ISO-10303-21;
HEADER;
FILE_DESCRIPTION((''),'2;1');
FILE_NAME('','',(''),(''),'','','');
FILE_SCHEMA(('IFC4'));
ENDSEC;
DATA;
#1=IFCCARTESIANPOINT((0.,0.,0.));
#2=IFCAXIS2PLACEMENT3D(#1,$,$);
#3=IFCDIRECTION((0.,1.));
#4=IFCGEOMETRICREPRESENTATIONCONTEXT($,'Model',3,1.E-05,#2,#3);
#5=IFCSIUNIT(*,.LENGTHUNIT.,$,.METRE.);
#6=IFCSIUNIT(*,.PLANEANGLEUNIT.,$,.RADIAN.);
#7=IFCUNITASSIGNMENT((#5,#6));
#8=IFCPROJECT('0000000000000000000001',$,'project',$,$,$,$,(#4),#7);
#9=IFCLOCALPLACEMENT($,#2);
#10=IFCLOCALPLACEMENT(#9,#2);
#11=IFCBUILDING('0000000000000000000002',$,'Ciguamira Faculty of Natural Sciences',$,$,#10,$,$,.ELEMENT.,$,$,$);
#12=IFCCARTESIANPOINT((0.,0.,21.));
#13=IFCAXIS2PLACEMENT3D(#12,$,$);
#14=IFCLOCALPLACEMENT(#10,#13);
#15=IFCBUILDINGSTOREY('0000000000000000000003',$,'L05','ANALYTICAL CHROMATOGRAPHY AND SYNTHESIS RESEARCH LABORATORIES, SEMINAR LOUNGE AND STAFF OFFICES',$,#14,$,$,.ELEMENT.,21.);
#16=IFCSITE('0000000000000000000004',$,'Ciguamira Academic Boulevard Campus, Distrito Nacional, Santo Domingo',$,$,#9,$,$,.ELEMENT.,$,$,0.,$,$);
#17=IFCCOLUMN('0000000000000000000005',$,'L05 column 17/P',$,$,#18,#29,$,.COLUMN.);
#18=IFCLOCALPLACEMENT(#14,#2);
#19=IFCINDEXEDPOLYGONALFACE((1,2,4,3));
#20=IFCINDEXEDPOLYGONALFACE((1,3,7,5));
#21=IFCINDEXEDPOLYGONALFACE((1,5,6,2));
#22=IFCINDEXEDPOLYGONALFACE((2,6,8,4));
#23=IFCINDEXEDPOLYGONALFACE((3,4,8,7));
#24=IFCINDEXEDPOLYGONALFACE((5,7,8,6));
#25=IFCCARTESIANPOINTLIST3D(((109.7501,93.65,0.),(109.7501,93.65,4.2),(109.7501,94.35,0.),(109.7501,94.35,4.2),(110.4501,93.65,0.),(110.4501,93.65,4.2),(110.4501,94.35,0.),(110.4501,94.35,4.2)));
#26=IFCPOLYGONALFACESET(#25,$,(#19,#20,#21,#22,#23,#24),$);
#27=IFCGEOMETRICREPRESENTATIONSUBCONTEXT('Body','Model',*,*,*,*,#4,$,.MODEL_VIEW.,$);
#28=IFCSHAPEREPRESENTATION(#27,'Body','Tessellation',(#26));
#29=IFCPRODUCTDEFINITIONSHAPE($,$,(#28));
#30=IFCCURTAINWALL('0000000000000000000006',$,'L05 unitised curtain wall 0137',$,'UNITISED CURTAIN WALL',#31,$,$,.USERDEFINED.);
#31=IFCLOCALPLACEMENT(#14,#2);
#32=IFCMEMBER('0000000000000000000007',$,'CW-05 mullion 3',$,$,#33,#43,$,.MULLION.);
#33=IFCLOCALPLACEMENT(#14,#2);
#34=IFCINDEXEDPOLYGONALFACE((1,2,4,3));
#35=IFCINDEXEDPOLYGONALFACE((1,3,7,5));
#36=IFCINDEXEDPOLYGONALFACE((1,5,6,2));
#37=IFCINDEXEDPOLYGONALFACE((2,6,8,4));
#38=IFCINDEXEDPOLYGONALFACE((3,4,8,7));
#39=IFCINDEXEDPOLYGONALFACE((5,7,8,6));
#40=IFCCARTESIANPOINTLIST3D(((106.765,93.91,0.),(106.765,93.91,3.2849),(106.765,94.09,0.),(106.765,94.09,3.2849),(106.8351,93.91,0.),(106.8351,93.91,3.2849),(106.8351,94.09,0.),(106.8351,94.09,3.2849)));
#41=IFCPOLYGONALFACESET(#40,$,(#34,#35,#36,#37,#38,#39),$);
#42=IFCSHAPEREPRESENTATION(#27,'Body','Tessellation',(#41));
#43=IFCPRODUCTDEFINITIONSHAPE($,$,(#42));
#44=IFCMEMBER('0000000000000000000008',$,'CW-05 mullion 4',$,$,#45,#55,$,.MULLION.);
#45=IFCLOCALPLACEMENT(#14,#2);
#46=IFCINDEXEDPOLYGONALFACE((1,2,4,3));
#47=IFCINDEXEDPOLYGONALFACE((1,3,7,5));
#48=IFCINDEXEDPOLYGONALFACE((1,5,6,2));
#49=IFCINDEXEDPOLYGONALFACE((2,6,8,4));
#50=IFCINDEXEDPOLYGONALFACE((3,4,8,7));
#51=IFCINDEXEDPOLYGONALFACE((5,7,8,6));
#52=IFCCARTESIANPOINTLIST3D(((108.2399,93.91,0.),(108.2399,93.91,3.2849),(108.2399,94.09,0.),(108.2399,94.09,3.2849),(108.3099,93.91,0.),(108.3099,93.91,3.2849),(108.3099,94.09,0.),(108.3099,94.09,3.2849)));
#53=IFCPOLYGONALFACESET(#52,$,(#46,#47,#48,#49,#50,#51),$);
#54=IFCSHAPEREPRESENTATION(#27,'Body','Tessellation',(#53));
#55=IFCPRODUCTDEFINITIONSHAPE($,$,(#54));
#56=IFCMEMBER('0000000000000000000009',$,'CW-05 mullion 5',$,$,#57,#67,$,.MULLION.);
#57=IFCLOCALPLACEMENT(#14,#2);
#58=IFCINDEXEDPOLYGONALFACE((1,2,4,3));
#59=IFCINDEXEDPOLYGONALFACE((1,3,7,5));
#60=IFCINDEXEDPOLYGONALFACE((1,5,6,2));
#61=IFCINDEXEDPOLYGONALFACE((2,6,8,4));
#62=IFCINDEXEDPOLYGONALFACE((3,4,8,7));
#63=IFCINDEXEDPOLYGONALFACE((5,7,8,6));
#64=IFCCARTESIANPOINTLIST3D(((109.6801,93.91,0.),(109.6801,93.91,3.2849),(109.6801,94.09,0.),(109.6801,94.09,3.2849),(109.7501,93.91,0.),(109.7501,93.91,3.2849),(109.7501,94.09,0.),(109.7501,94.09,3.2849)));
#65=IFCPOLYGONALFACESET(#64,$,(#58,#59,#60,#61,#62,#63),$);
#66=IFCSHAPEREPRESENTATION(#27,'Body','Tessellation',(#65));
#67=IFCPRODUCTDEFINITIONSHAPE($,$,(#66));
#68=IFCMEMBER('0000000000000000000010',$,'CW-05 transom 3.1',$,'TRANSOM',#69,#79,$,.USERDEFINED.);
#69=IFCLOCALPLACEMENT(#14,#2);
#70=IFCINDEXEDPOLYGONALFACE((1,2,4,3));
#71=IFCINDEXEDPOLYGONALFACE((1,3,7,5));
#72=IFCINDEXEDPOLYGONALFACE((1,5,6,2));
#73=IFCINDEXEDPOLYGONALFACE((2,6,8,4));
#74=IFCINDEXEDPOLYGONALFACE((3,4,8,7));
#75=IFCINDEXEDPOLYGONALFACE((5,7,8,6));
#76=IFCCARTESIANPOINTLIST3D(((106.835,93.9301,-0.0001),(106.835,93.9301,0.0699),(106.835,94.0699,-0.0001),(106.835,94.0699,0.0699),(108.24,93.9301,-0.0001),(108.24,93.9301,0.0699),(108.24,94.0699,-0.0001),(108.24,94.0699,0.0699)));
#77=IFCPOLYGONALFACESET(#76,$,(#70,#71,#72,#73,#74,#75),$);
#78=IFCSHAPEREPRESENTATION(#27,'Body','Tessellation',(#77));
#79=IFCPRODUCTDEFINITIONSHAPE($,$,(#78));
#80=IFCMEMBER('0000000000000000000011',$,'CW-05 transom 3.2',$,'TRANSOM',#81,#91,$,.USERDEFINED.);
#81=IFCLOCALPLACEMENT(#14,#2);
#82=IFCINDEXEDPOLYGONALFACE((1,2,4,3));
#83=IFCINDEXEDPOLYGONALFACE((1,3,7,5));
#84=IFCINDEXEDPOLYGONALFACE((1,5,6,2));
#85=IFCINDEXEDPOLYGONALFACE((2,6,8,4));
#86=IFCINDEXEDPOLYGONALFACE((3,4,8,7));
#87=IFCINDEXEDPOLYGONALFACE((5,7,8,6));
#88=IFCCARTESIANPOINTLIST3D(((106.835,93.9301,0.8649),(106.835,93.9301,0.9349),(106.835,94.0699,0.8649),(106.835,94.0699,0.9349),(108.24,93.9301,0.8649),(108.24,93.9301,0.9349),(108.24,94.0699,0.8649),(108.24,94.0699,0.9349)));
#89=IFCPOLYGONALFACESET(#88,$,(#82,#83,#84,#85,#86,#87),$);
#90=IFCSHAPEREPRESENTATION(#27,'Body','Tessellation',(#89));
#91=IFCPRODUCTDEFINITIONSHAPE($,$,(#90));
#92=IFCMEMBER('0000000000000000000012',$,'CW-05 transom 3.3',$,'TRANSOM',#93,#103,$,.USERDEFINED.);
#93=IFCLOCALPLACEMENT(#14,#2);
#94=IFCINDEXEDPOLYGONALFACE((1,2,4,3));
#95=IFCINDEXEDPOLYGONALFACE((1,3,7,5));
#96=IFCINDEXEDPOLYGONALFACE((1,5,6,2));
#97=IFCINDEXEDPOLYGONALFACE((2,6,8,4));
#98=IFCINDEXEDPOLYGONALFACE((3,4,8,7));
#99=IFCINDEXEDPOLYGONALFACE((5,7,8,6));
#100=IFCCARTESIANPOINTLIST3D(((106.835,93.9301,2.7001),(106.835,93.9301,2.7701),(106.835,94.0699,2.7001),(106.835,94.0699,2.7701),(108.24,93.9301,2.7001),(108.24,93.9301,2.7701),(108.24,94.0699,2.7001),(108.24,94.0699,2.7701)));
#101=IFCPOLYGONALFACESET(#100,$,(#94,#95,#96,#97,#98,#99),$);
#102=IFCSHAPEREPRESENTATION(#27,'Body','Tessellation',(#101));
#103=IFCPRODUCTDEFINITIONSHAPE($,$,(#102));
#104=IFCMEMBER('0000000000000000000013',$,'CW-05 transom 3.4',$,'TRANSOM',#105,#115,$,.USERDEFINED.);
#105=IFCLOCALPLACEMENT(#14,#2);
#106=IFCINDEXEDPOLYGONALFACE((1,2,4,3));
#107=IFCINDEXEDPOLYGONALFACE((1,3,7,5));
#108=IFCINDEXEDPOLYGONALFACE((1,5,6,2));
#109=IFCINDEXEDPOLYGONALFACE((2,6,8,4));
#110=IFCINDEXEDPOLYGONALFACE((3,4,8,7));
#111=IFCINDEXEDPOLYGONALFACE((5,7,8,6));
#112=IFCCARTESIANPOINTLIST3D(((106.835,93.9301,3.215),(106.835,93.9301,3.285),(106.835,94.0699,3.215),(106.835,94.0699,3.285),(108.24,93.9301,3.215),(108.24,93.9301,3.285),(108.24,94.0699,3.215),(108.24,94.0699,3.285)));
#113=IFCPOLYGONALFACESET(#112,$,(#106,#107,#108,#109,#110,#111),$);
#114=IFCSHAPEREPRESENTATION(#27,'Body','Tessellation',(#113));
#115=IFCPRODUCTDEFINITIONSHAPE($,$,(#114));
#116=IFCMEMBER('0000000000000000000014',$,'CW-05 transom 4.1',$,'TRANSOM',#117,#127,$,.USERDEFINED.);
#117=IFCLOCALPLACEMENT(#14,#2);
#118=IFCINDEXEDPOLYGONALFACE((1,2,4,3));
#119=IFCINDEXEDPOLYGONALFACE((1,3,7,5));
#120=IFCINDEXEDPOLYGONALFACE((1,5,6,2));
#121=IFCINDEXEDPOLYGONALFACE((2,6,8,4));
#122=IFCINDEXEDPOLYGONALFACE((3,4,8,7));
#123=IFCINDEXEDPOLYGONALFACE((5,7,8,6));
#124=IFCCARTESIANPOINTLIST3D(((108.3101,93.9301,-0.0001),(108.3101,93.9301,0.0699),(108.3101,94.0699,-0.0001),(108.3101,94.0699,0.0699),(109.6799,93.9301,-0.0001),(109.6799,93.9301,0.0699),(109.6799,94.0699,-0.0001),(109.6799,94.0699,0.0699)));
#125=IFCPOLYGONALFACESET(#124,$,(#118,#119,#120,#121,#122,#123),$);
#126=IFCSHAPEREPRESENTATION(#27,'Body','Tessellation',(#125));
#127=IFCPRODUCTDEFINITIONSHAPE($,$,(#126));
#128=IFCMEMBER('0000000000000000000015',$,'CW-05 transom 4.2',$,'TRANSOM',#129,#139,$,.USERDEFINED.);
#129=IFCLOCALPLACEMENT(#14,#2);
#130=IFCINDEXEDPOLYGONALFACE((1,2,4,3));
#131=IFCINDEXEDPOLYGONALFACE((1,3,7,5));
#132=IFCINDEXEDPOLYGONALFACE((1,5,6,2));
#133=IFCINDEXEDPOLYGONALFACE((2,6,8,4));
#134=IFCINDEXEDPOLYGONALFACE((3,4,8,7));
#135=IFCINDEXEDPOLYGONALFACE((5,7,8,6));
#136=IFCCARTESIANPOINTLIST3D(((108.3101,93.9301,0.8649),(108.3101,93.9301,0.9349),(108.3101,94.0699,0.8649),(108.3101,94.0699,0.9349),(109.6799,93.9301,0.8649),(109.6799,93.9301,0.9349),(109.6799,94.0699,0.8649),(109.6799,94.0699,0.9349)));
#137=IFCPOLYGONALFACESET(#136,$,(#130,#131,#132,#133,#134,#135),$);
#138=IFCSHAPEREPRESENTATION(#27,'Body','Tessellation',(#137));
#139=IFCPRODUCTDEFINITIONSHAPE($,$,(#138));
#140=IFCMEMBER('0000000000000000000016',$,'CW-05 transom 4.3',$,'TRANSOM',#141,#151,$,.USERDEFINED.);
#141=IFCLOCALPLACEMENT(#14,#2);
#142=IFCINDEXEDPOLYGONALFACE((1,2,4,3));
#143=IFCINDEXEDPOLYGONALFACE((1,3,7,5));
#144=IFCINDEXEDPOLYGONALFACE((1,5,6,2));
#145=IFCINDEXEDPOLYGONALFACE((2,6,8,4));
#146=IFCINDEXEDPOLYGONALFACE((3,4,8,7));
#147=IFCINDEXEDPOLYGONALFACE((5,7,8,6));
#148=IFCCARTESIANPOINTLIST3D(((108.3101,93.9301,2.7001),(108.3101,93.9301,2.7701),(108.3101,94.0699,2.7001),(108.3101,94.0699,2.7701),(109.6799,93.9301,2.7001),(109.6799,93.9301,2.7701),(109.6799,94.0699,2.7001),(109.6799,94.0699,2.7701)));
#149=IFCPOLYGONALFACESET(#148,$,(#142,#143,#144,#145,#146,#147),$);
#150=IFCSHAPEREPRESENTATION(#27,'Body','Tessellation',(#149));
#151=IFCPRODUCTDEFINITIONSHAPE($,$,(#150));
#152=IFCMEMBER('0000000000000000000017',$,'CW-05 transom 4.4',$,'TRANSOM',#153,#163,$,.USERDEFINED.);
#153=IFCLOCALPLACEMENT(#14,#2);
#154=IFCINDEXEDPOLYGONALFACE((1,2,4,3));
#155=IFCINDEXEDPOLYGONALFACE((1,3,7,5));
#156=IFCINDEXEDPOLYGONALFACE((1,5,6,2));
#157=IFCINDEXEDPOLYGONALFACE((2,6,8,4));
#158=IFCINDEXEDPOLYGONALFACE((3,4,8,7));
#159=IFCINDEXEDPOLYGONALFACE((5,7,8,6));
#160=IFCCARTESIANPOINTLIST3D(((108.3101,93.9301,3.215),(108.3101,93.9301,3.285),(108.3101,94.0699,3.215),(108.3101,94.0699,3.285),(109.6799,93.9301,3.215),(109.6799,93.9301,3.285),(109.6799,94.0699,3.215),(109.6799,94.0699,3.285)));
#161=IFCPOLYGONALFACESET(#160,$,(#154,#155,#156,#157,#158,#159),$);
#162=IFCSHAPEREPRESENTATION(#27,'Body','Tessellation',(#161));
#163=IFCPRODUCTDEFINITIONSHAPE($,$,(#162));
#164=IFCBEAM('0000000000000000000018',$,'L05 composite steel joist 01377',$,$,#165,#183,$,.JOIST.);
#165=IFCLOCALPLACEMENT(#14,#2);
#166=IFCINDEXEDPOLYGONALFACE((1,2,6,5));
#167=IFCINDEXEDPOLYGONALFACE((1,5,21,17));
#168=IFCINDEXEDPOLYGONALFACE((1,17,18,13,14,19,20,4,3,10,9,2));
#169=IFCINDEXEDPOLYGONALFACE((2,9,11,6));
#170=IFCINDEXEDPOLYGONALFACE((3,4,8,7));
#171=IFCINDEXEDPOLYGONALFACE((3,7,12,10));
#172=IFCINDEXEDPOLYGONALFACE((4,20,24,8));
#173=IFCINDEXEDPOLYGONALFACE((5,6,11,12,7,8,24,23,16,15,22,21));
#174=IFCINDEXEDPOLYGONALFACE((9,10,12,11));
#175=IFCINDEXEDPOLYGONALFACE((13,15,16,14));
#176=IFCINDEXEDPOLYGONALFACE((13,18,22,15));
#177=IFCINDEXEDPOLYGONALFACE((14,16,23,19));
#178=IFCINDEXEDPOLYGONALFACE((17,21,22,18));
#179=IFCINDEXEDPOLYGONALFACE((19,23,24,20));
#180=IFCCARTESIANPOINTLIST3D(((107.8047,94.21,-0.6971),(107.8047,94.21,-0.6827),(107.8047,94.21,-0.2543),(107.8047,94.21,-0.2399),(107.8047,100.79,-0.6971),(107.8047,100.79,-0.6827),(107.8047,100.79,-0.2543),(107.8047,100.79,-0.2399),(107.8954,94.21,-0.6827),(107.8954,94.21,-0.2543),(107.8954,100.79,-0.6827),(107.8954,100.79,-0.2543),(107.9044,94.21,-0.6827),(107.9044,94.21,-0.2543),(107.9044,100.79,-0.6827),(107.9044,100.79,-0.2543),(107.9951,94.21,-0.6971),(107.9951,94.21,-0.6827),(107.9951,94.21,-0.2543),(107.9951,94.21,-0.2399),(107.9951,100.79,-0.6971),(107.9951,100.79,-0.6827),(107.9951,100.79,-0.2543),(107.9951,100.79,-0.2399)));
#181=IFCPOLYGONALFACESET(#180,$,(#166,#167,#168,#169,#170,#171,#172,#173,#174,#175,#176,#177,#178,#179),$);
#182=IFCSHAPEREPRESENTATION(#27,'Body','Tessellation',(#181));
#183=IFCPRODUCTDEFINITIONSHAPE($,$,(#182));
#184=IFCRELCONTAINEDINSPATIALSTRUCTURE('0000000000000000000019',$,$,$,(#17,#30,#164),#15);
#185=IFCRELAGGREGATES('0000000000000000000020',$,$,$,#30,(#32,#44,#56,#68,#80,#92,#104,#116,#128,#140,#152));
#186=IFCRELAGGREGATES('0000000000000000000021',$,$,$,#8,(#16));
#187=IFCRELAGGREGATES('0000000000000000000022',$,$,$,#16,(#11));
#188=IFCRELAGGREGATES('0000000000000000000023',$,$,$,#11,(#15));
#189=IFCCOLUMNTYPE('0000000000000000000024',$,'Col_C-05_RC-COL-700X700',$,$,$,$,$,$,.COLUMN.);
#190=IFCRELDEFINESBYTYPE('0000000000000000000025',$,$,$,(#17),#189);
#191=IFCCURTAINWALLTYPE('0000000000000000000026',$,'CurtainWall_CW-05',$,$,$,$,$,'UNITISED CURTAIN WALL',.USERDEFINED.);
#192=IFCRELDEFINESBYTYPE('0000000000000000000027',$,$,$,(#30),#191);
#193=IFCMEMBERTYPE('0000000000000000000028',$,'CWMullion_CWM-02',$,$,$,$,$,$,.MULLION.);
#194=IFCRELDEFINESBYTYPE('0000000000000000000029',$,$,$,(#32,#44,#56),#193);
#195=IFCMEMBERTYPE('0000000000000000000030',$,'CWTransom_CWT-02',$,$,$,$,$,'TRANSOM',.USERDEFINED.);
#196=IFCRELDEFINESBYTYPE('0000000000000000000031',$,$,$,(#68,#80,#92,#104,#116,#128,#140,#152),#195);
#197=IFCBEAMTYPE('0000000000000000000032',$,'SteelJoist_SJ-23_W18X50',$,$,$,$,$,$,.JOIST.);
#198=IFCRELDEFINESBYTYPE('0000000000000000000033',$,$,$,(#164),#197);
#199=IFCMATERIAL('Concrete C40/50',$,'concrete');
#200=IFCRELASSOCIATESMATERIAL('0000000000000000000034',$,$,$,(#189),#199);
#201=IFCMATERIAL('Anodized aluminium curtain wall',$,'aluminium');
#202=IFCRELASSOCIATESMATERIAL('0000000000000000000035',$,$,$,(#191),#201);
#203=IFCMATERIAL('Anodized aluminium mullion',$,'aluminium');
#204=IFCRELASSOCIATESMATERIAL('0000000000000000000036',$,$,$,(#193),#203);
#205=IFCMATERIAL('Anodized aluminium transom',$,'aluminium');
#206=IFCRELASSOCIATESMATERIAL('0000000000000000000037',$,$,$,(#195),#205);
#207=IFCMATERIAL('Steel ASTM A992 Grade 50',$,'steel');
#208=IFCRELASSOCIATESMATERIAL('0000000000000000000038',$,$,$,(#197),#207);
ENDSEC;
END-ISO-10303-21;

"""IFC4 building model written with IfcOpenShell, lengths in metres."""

from ifc_helpers import new_model, si_unit, direction, frame, origin, origin_2d, place, context, subcontext, project, spatial, rectangle, i_section, extrude, material, material_profile, profile_set, type_object, element, aggregate, save


model = new_model("IFC4")

# Units and contexts
model_context = context("Model", 3, precision=1e-05, world=origin(), true_north=direction((0.0, 1.0)))
body_context = subcontext(model_context, "Body", "Model", "MODEL_VIEW")
ifc_project = project(units=[si_unit("LENGTHUNIT", "METRE"), si_unit("PLANEANGLEUNIT", "RADIAN")], contexts=[model_context])

# Site, building, storey
site_placement = place(None, origin())
site = spatial("IfcSite", under=ifc_project, at=site_placement, Name="Ciguamira Academic Boulevard Campus, Distrito Nacional, Santo Domingo", CompositionType="ELEMENT", RefElevation=0.0)
building_placement = place(site_placement, origin())
building = spatial("IfcBuilding", under=site, at=building_placement, Name="Ciguamira Faculty of Natural Sciences", CompositionType="ELEMENT")
storey_placement = place(building_placement, frame((0.0, 0.0, 21.0)))
storey = spatial("IfcBuildingStorey", under=building, at=storey_placement, Name="L05", Description="ANALYTICAL CHROMATOGRAPHY AND SYNTHESIS RESEARCH LABORATORIES, SEMINAR LOUNGE AND STAFF OFFICES", CompositionType="ELEMENT", Elevation=21.0)

# Column
ifc_material_1 = material(Name="Concrete C40/50", Category="concrete")
ifc_material_profile_1 = material_profile(ifc_material_1, rectangle(XDim=0.7, YDim=0.7, at=origin_2d()), Name="RC-COL-700X700")
ifc_profile_set_1 = profile_set([ifc_material_profile_1], Name="Concrete C40/50")
column_type = type_object("IfcColumnType", Name="Col_C-05_RC-COL-700X700", PredefinedType="COLUMN", material=ifc_profile_set_1)
column_placement = place(storey_placement, frame((110.1001, 94.0, 0.0), z_axis=(0.0, 0.0, 1.0), x_axis=(1.0, 0.0, 0.0)))
element("IfcColumn", 1, at=column_placement, inside=storey, type_object=column_type, Name="L05 column 17/P", PredefinedType="COLUMN", context=body_context, shape_type="SweptSolid", body=[
    extrude(rectangle(XDim=0.7, YDim=0.7, at=origin_2d()), origin(), (0.0, 0.0, 1.0), 4.2),
])

# Curtain wall, members
ifc_material_2 = material(Name="Anodized aluminium curtain wall", Category="aluminium")
curtain_wall_type = type_object("IfcCurtainWallType", Name="CurtainWall_CW-05", ElementType="UNITISED CURTAIN WALL", PredefinedType="USERDEFINED", material=ifc_material_2)
curtain_wall_placement = place(storey_placement, origin())
curtain_wall = element("IfcCurtainWall", 2, at=curtain_wall_placement, inside=storey, type_object=curtain_wall_type, Name="L05 unitised curtain wall 0137", ObjectType="UNITISED CURTAIN WALL", PredefinedType="USERDEFINED")
ifc_material_3 = material(Name="Anodized aluminium mullion", Category="aluminium")
ifc_material_profile_2 = material_profile(ifc_material_3, rectangle(XDim=0.0701, YDim=0.1799, at=origin_2d()), Name="ALU-MUL-70X180")
ifc_profile_set_2 = profile_set([ifc_material_profile_2], Name="Anodized aluminium mullion")
member_type_1 = type_object("IfcMemberType", Name="CWMullion_CWM-02", PredefinedType="MULLION", material=ifc_profile_set_2)
member_1_placement = place(storey_placement, frame((106.8, 94.0, 0.0), z_axis=(0.0, 0.0, 1.0), x_axis=(1.0, 0.0, 0.0)))
member_1 = element("IfcMember", 3, at=member_1_placement, type_object=member_type_1, Name="CW-05 mullion 3", PredefinedType="MULLION", context=body_context, shape_type="SweptSolid", body=[
    extrude(rectangle(XDim=0.0701, YDim=0.1799, at=origin_2d()), origin(), (0.0, 0.0, 1.0), 3.2849),
])
member_2_placement = place(storey_placement, frame((108.2749, 94.0, 0.0), z_axis=(0.0, 0.0, 1.0), x_axis=(1.0, 0.0, 0.0)))
member_2 = element("IfcMember", 4, at=member_2_placement, type_object=member_type_1, Name="CW-05 mullion 4", PredefinedType="MULLION", context=body_context, shape_type="SweptSolid", body=[
    extrude(rectangle(XDim=0.0701, YDim=0.1799, at=origin_2d()), origin(), (0.0, 0.0, 1.0), 3.2849),
])
member_3_placement = place(storey_placement, frame((109.7151, 94.0, 0.0), z_axis=(0.0, 0.0, 1.0), x_axis=(1.0, 0.0, 0.0)))
member_3 = element("IfcMember", 5, at=member_3_placement, type_object=member_type_1, Name="CW-05 mullion 5", PredefinedType="MULLION", context=body_context, shape_type="SweptSolid", body=[
    extrude(rectangle(XDim=0.0701, YDim=0.1799, at=origin_2d()), origin(), (0.0, 0.0, 1.0), 3.2849),
])
ifc_material_4 = material(Name="Anodized aluminium transom", Category="aluminium")
ifc_material_profile_3 = material_profile(ifc_material_4, rectangle(XDim=0.0701, YDim=0.1399, at=origin_2d()), Name="ALU-TRN-70X140")
ifc_profile_set_3 = profile_set([ifc_material_profile_3], Name="Anodized aluminium transom")
member_type_2 = type_object("IfcMemberType", Name="CWTransom_CWT-02", ElementType="TRANSOM", PredefinedType="USERDEFINED", material=ifc_profile_set_3)
member_4_placement = place(storey_placement, frame((106.835, 94.0, 0.0349), z_axis=(1.0, 0.0, 0.0), x_axis=(0.0, 0.0, 1.0)))
member_4 = element("IfcMember", 6, at=member_4_placement, type_object=member_type_2, Name="CW-05 transom 3.1", ObjectType="TRANSOM", PredefinedType="USERDEFINED", context=body_context, shape_type="SweptSolid", body=[
    extrude(rectangle(XDim=0.0701, YDim=0.1399, at=origin_2d()), origin(), (0.0, 0.0, 1.0), 1.405),
])
member_5_placement = place(storey_placement, frame((106.835, 94.0, 0.8999), z_axis=(1.0, 0.0, 0.0), x_axis=(0.0, 0.0, 1.0)))
member_5 = element("IfcMember", 7, at=member_5_placement, type_object=member_type_2, Name="CW-05 transom 3.2", ObjectType="TRANSOM", PredefinedType="USERDEFINED", context=body_context, shape_type="SweptSolid", body=[
    extrude(rectangle(XDim=0.0701, YDim=0.1399, at=origin_2d()), origin(), (0.0, 0.0, 1.0), 1.405),
])
member_6_placement = place(storey_placement, frame((106.835, 94.0, 2.7351), z_axis=(1.0, 0.0, 0.0), x_axis=(0.0, 0.0, 1.0)))
member_6 = element("IfcMember", 8, at=member_6_placement, type_object=member_type_2, Name="CW-05 transom 3.3", ObjectType="TRANSOM", PredefinedType="USERDEFINED", context=body_context, shape_type="SweptSolid", body=[
    extrude(rectangle(XDim=0.0701, YDim=0.1399, at=origin_2d()), origin(), (0.0, 0.0, 1.0), 1.405),
])
member_7_placement = place(storey_placement, frame((106.835, 94.0, 3.25), z_axis=(1.0, 0.0, 0.0), x_axis=(0.0, 0.0, 1.0)))
member_7 = element("IfcMember", 9, at=member_7_placement, type_object=member_type_2, Name="CW-05 transom 3.4", ObjectType="TRANSOM", PredefinedType="USERDEFINED", context=body_context, shape_type="SweptSolid", body=[
    extrude(rectangle(XDim=0.0701, YDim=0.1399, at=origin_2d()), origin(), (0.0, 0.0, 1.0), 1.405),
])
member_8_placement = place(storey_placement, frame((108.3101, 94.0, 0.0349), z_axis=(1.0, 0.0, 0.0), x_axis=(0.0, 0.0, 1.0)))
member_8 = element("IfcMember", 10, at=member_8_placement, type_object=member_type_2, Name="CW-05 transom 4.1", ObjectType="TRANSOM", PredefinedType="USERDEFINED", context=body_context, shape_type="SweptSolid", body=[
    extrude(rectangle(XDim=0.0701, YDim=0.1399, at=origin_2d()), origin(), (0.0, 0.0, 1.0), 1.3699),
])
member_9_placement = place(storey_placement, frame((108.3101, 94.0, 0.8999), z_axis=(1.0, 0.0, 0.0), x_axis=(0.0, 0.0, 1.0)))
member_9 = element("IfcMember", 11, at=member_9_placement, type_object=member_type_2, Name="CW-05 transom 4.2", ObjectType="TRANSOM", PredefinedType="USERDEFINED", context=body_context, shape_type="SweptSolid", body=[
    extrude(rectangle(XDim=0.0701, YDim=0.1399, at=origin_2d()), origin(), (0.0, 0.0, 1.0), 1.3699),
])
member_10_placement = place(storey_placement, frame((108.3101, 94.0, 2.7351), z_axis=(1.0, 0.0, 0.0), x_axis=(0.0, 0.0, 1.0)))
member_10 = element("IfcMember", 12, at=member_10_placement, type_object=member_type_2, Name="CW-05 transom 4.3", ObjectType="TRANSOM", PredefinedType="USERDEFINED", context=body_context, shape_type="SweptSolid", body=[
    extrude(rectangle(XDim=0.0701, YDim=0.1399, at=origin_2d()), origin(), (0.0, 0.0, 1.0), 1.3699),
])
member_11_placement = place(storey_placement, frame((108.3101, 94.0, 3.25), z_axis=(1.0, 0.0, 0.0), x_axis=(0.0, 0.0, 1.0)))
member_11 = element("IfcMember", 13, at=member_11_placement, type_object=member_type_2, Name="CW-05 transom 4.4", ObjectType="TRANSOM", PredefinedType="USERDEFINED", context=body_context, shape_type="SweptSolid", body=[
    extrude(rectangle(XDim=0.0701, YDim=0.1399, at=origin_2d()), origin(), (0.0, 0.0, 1.0), 1.3699),
])

# Beam
ifc_material_5 = material(Name="Steel ASTM A992 Grade 50", Category="steel")
ifc_material_profile_4 = material_profile(ifc_material_5, i_section(OverallWidth=0.1904, OverallDepth=0.4573, WebThickness=0.009, FlangeThickness=0.0144, at=origin_2d()), Name="W18X50")
ifc_profile_set_4 = profile_set([ifc_material_profile_4], Name="Steel ASTM A992 Grade 50")
beam_type = type_object("IfcBeamType", Name="SteelJoist_SJ-23_W18X50", PredefinedType="JOIST", material=ifc_profile_set_4)
beam_placement = place(storey_placement, frame((107.8999, 94.21, -0.4685), z_axis=(0.0, 1.0, 0.0), x_axis=(-1.0, 0.0, 0.0)))
element("IfcBeam", 14, at=beam_placement, inside=storey, type_object=beam_type, Name="L05 composite steel joist 01377", PredefinedType="JOIST", context=body_context, shape_type="SweptSolid", body=[
    extrude(i_section(OverallWidth=0.1904, OverallDepth=0.4573, WebThickness=0.009, FlangeThickness=0.0144, at=origin_2d()), origin(), (0.0, 0.0, 1.0), 6.5801),
])

aggregate(curtain_wall, [member_1, member_2, member_3, member_4, member_5, member_6, member_7, member_8, member_9, member_10, member_11])

save(model, "model.ifc")
